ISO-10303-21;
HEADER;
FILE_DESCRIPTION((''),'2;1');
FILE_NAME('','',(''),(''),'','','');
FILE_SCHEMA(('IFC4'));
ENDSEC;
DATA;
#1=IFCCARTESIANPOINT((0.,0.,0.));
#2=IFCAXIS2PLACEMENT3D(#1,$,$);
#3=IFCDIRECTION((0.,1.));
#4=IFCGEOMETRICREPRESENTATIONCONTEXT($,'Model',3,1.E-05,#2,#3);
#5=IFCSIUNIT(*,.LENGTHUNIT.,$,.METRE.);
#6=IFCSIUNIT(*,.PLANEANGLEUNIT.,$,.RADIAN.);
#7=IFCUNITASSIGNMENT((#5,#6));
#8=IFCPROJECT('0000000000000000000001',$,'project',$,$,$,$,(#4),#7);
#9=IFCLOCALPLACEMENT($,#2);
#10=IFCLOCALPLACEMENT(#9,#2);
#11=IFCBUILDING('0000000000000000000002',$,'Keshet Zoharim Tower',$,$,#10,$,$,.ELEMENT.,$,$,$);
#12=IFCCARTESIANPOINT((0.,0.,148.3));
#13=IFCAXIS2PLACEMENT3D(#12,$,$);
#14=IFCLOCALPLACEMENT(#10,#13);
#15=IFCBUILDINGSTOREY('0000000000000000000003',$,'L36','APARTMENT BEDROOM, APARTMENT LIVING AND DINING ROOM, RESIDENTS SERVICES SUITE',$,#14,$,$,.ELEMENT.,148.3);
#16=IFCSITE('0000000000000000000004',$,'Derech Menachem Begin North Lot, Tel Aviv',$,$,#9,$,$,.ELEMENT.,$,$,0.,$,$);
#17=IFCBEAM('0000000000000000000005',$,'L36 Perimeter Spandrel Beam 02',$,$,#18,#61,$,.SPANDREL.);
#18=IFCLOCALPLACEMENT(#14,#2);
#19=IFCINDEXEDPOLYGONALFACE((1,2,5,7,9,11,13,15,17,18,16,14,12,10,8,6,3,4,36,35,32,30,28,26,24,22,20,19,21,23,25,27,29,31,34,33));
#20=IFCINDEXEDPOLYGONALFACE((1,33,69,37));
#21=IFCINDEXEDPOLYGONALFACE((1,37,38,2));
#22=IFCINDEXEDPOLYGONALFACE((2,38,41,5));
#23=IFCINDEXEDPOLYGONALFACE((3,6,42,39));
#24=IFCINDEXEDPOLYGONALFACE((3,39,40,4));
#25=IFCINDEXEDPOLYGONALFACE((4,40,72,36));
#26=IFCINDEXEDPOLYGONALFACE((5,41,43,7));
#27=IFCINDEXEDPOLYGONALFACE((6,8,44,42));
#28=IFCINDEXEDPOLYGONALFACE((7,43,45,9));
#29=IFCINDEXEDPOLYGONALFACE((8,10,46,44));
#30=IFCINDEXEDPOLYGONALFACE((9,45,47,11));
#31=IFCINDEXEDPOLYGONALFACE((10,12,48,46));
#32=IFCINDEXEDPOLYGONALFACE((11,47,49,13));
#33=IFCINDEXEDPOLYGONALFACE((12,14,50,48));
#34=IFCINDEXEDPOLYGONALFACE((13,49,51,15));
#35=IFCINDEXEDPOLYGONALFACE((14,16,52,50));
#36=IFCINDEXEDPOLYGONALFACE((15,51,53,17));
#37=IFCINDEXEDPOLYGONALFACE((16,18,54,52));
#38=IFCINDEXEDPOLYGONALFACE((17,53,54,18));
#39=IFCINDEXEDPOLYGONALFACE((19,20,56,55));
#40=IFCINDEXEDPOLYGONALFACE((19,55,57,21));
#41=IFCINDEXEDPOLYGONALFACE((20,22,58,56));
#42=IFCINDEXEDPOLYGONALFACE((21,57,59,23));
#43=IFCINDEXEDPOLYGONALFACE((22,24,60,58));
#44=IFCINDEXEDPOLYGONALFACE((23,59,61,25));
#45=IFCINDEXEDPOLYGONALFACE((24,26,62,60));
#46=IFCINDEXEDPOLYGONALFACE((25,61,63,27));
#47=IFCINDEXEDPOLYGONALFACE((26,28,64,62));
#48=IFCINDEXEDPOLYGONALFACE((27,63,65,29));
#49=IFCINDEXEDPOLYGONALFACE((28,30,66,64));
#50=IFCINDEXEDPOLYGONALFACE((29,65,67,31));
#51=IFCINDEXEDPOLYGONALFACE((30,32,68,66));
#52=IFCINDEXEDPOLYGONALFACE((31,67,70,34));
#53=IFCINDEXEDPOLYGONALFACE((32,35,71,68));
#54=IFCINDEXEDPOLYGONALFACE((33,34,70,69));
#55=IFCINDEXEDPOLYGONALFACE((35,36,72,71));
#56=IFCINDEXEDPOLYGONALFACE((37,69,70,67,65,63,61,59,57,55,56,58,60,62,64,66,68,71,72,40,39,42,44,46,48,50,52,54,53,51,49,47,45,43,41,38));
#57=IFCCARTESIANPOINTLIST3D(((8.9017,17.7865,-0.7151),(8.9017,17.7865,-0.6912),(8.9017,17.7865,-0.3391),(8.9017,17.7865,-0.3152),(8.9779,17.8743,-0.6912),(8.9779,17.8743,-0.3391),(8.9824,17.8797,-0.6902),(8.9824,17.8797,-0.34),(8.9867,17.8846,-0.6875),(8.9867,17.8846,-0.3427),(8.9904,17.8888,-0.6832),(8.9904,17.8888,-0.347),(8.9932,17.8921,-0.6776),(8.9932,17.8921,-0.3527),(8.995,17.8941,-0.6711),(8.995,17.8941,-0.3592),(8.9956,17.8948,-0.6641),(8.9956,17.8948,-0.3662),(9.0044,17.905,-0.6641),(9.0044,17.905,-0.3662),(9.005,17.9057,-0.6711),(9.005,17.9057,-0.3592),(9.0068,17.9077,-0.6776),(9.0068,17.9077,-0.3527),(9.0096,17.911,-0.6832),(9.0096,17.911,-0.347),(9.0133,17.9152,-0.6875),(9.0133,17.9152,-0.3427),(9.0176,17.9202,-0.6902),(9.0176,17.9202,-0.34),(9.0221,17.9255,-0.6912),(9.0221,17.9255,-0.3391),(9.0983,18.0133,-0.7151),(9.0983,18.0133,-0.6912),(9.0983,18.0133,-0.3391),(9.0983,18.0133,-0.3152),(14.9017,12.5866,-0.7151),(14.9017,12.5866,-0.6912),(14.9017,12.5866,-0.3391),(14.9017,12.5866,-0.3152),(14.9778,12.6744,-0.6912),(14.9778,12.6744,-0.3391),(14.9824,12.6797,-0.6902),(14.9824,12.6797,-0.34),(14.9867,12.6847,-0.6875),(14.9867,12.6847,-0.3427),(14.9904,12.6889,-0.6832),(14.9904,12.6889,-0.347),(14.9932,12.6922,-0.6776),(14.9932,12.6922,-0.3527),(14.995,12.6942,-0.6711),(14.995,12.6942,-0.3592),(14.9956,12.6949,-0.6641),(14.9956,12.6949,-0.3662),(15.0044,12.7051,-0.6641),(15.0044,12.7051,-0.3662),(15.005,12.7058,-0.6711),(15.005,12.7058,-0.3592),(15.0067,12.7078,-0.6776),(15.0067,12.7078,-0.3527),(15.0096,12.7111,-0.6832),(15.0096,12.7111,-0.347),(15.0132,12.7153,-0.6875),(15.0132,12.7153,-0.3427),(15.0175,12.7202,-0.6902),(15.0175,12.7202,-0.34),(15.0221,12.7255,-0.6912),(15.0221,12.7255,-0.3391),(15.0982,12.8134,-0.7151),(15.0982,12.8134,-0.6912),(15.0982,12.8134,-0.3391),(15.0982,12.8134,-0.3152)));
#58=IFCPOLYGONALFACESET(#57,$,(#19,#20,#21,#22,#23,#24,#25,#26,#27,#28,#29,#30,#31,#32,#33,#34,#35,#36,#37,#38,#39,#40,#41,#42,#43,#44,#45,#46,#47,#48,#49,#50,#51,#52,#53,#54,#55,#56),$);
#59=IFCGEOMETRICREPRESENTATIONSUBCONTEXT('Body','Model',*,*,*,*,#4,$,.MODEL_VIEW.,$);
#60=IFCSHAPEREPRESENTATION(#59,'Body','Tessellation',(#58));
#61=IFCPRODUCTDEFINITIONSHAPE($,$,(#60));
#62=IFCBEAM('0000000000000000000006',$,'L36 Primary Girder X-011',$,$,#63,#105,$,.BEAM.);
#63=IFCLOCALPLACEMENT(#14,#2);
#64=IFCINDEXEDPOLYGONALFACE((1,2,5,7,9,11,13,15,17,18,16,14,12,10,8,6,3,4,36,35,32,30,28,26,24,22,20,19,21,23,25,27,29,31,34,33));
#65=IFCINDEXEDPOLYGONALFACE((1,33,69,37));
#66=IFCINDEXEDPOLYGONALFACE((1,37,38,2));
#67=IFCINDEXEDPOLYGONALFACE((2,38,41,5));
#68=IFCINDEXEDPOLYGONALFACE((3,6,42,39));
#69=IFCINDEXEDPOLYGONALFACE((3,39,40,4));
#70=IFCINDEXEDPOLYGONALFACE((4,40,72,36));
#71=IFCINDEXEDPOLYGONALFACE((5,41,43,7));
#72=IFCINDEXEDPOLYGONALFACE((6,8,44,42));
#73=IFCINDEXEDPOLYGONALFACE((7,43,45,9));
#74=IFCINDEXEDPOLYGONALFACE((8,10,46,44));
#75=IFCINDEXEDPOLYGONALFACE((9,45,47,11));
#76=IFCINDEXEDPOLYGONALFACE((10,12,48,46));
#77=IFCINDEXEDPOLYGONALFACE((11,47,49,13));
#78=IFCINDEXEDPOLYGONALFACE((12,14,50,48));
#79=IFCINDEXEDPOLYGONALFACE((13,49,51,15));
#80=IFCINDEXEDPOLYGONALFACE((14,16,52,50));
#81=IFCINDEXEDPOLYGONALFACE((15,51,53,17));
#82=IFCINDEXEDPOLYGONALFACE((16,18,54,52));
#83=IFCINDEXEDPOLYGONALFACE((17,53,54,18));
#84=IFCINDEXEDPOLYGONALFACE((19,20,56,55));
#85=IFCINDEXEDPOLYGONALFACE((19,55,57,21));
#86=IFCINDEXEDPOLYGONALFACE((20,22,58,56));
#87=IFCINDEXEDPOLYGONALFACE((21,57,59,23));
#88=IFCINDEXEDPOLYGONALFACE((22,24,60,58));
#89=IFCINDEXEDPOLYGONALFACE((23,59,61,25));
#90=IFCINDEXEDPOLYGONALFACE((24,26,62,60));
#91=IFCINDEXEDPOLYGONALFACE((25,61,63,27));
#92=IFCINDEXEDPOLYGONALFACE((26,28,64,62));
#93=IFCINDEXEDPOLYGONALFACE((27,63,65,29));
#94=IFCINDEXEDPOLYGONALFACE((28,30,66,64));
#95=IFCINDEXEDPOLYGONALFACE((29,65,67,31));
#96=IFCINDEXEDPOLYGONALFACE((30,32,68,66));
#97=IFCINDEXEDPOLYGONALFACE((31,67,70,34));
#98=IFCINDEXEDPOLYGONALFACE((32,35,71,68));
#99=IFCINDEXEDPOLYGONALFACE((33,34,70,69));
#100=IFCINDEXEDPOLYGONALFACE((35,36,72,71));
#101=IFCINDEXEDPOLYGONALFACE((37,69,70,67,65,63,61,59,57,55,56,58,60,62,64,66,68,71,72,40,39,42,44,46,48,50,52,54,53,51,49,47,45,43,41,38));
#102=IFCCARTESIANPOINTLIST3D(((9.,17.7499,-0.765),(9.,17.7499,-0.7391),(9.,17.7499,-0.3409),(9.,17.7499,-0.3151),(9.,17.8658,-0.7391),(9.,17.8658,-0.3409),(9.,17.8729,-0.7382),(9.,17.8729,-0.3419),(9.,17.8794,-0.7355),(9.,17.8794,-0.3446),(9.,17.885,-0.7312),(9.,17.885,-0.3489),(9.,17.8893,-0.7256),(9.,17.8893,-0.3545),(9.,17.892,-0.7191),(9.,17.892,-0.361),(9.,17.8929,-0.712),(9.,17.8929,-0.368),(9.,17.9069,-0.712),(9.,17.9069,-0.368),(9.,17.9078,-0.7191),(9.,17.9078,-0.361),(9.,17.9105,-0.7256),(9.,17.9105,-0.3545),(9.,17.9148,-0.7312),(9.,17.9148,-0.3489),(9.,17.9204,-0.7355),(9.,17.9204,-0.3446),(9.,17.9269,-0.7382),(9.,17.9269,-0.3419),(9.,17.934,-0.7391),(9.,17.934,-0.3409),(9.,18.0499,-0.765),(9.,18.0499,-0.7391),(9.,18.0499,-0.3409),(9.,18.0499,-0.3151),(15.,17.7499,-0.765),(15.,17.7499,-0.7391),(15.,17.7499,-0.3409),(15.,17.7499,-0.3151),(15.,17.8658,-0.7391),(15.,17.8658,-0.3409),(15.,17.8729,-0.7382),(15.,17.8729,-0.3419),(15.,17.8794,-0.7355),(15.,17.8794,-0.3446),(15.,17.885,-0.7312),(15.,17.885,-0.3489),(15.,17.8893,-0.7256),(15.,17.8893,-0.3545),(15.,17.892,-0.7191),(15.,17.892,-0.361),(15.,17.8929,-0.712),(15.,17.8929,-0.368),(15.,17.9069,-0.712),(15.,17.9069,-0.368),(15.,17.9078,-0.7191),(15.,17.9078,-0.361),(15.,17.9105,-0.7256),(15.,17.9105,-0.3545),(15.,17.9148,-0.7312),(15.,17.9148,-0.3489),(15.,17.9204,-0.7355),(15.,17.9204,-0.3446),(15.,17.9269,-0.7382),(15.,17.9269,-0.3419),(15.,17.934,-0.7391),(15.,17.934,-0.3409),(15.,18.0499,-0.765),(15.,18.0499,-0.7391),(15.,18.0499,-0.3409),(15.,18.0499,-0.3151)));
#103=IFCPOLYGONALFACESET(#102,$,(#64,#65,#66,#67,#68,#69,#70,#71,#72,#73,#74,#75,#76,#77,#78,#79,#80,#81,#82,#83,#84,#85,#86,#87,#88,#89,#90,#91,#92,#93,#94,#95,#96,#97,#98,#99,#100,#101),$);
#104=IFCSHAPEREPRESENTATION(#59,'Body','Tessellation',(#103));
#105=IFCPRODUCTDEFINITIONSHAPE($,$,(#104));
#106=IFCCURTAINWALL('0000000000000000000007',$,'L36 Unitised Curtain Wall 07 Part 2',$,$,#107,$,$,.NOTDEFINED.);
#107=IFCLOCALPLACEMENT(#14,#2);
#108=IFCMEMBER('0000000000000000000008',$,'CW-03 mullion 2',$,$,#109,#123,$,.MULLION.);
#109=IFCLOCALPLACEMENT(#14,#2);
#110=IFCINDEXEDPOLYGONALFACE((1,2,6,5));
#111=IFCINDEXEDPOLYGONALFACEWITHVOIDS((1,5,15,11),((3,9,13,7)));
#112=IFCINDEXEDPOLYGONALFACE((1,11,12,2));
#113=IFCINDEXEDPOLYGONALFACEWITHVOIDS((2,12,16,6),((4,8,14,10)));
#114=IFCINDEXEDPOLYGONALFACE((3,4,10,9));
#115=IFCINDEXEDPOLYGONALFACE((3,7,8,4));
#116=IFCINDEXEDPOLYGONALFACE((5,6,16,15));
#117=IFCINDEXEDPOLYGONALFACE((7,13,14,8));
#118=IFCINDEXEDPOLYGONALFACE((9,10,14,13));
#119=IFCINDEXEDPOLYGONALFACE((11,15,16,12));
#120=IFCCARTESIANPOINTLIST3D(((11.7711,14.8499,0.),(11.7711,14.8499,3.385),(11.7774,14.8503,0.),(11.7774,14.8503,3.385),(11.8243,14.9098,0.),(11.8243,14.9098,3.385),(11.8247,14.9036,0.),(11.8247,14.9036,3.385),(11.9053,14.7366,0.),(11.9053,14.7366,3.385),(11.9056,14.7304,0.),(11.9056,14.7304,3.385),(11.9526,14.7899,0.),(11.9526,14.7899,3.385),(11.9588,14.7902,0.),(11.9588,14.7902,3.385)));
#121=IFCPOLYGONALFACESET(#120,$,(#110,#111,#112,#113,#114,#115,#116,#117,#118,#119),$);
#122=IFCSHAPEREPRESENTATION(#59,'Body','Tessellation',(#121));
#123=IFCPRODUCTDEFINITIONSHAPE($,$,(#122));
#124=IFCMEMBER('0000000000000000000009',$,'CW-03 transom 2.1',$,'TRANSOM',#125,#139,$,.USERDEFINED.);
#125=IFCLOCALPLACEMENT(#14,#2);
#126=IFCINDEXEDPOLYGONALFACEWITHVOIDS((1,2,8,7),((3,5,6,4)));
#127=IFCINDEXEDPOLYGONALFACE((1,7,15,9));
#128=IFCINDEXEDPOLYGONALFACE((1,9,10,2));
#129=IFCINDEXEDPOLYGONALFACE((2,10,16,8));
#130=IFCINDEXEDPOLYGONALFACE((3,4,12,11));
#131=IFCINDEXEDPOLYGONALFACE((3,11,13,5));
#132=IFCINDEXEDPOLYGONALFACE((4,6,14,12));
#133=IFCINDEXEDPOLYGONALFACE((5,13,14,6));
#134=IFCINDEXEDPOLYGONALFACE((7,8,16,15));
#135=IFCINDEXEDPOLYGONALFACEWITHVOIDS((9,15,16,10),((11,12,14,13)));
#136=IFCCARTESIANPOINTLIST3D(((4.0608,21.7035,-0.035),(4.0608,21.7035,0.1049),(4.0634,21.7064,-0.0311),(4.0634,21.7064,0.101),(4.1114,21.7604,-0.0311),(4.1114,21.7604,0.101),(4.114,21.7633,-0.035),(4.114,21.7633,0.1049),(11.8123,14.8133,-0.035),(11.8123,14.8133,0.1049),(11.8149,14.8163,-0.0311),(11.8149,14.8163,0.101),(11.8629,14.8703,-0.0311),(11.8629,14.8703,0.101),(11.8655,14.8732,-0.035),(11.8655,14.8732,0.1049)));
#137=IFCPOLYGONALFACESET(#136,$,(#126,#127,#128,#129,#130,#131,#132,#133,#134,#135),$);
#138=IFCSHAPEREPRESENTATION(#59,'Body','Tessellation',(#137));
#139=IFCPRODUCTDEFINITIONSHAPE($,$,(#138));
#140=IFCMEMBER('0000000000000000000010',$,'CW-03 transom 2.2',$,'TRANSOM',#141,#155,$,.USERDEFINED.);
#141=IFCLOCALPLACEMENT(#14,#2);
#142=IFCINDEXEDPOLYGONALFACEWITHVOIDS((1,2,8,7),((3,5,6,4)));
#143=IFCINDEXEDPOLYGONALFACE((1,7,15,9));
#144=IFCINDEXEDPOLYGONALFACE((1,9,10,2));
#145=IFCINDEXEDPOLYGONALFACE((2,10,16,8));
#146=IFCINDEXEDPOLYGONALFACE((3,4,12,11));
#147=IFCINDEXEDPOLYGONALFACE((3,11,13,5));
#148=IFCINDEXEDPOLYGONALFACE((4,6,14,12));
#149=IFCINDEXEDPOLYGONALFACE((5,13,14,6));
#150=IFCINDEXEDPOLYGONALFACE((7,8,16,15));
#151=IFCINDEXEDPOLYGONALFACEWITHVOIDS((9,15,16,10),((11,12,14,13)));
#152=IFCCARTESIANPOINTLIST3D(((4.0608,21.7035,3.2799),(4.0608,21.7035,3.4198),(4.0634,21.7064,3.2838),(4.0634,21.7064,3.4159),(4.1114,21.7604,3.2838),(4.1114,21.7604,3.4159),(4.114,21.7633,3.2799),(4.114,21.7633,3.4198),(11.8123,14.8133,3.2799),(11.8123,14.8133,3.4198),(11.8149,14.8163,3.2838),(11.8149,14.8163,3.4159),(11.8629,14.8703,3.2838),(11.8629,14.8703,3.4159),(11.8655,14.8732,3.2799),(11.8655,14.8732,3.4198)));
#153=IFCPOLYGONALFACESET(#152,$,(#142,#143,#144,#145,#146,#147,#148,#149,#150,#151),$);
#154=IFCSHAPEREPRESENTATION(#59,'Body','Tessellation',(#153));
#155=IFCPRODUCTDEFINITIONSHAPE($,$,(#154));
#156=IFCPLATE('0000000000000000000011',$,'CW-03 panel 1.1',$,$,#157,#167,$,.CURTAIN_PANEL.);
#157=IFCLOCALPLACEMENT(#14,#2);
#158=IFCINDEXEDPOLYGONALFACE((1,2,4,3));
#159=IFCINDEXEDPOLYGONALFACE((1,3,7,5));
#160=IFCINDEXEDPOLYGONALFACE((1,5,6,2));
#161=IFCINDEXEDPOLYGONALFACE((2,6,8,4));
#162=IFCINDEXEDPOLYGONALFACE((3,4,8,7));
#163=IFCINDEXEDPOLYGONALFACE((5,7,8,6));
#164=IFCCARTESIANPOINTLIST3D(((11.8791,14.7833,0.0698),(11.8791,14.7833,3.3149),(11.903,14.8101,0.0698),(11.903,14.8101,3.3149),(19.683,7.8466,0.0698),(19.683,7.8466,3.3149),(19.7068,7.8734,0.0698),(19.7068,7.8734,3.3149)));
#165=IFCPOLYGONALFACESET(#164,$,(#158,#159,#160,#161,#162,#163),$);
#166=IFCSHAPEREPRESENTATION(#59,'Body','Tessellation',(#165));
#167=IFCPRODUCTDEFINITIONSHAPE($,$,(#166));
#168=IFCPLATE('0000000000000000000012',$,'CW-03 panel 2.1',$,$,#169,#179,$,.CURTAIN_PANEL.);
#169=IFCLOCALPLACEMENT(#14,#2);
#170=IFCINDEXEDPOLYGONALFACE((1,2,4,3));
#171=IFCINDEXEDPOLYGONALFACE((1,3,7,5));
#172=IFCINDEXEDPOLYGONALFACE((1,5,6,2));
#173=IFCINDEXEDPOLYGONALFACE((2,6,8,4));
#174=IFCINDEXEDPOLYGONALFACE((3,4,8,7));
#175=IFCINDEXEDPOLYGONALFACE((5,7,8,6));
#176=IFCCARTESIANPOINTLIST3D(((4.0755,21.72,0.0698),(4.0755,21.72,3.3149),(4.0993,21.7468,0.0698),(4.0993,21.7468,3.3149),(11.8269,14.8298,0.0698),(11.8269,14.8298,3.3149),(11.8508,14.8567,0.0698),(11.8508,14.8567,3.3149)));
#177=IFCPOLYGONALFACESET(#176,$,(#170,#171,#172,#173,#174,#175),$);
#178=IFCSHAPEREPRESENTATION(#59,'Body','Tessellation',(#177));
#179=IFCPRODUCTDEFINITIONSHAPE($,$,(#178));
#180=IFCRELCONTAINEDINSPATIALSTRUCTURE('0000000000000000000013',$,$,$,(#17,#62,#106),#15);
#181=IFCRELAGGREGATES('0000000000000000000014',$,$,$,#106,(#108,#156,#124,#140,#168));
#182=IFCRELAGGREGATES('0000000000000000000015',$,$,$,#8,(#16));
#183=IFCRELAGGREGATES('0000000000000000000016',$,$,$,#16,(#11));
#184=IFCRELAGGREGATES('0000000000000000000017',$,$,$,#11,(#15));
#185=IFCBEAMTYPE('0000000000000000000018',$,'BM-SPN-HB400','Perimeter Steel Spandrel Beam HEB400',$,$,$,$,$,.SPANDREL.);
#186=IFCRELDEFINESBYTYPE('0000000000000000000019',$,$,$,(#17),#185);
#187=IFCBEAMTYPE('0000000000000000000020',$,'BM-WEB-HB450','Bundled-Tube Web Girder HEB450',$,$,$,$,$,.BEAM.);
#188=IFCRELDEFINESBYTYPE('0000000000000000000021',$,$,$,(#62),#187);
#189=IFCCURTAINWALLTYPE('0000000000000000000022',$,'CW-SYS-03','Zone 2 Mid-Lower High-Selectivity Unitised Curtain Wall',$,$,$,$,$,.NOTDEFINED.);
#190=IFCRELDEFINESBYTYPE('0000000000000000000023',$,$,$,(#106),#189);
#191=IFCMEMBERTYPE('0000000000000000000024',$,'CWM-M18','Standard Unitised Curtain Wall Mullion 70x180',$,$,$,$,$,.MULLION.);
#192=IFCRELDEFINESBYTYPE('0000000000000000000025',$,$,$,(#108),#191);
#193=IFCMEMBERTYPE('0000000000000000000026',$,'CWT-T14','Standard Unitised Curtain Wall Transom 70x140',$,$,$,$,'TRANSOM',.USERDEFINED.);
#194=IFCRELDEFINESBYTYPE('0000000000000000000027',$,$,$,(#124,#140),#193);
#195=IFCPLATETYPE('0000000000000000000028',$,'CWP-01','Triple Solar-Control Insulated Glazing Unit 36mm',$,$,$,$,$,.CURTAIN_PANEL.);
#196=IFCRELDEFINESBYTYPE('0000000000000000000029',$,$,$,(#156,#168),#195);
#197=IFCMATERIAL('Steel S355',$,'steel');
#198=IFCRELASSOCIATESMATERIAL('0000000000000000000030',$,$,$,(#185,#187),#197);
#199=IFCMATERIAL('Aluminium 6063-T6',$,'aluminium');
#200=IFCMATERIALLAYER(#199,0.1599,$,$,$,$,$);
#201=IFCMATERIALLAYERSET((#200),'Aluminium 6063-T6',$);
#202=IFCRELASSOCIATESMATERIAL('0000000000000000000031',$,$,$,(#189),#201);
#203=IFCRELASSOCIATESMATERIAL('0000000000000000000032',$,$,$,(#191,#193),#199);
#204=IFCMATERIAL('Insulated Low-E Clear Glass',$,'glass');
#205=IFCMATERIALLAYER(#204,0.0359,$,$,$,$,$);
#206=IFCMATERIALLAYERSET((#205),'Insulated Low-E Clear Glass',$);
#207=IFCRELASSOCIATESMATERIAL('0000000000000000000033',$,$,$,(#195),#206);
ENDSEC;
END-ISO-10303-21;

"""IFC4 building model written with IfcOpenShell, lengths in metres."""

from ifc_helpers import new_model, si_unit, direction, frame, origin, origin_2d, place, context, subcontext, project, spatial, rectangle, hollow_rectangle, i_section, extrude, material, layer, layer_set, material_profile, profile_set, type_object, element, aggregate, save


model = new_model("IFC4")

# Units and contexts
model_context = context("Model", 3, precision=1e-05, world=origin(), true_north=direction((0.0, 1.0)))
body_context = subcontext(model_context, "Body", "Model", "MODEL_VIEW")
ifc_project = project(units=[si_unit("LENGTHUNIT", "METRE"), si_unit("PLANEANGLEUNIT", "RADIAN")], contexts=[model_context])

# Site, building, storey
site_placement = place(None, origin())
site = spatial("IfcSite", under=ifc_project, at=site_placement, Name="Derech Menachem Begin North Lot, Tel Aviv", CompositionType="ELEMENT", RefElevation=0.0)
building_placement = place(site_placement, origin())
building = spatial("IfcBuilding", under=site, at=building_placement, Name="Keshet Zoharim Tower", CompositionType="ELEMENT")
storey_placement = place(building_placement, frame((0.0, 0.0, 148.3)))
storey = spatial("IfcBuildingStorey", under=building, at=storey_placement, Name="L36", Description="APARTMENT BEDROOM, APARTMENT LIVING AND DINING ROOM, RESIDENTS SERVICES SUITE", CompositionType="ELEMENT", Elevation=148.3)

# Shared definitions
ifc_material_1 = material(Name="Steel S355", Category="steel")

# Beams
ifc_material_profile_1 = material_profile(ifc_material_1, i_section(OverallWidth=0.3, OverallDepth=0.3999, WebThickness=0.0134, FlangeThickness=0.0239, FilletRadius=0.0271, at=origin_2d()), Name="HEB400")
ifc_profile_set_1 = profile_set([ifc_material_profile_1], Name="Steel S355")
beam_type_1 = type_object("IfcBeamType", Name="BM-SPN-HB400", Description="Perimeter Steel Spandrel Beam HEB400", PredefinedType="SPANDREL", material=ifc_profile_set_1)
beam_1_placement = place(storey_placement, frame((9.0, 17.8999, -0.5151), z_axis=(0.755692, -0.654927, 0.0), x_axis=(0.654927, 0.755692, 0.0)))
element("IfcBeam", 1, at=beam_1_placement, inside=storey, type_object=beam_type_1, Name="L36 Perimeter Spandrel Beam 02", PredefinedType="SPANDREL", context=body_context, shape_type="SweptSolid", body=[
    extrude(i_section(OverallWidth=0.3, OverallDepth=0.3999, WebThickness=0.0134, FlangeThickness=0.0239, FilletRadius=0.0271, at=origin_2d()), origin(), (0.0, 0.0, 1.0), 7.9397),
])
ifc_material_profile_2 = material_profile(ifc_material_1, i_section(OverallWidth=0.3, OverallDepth=0.45, WebThickness=0.0139, FlangeThickness=0.0259, FilletRadius=0.0271, at=origin_2d()), Name="HEB450")
ifc_profile_set_2 = profile_set([ifc_material_profile_2], Name="Steel S355")
beam_type_2 = type_object("IfcBeamType", Name="BM-WEB-HB450", Description="Bundled-Tube Web Girder HEB450", PredefinedType="BEAM", material=ifc_profile_set_2)
beam_2_placement = place(storey_placement, frame((9.0, 17.8999, -0.54), z_axis=(1.0, 0.0, 0.0), x_axis=(0.0, 1.0, 0.0)))
element("IfcBeam", 2, at=beam_2_placement, inside=storey, type_object=beam_type_2, Name="L36 Primary Girder X-011", PredefinedType="BEAM", context=body_context, shape_type="SweptSolid", body=[
    extrude(i_section(OverallWidth=0.3, OverallDepth=0.45, WebThickness=0.0139, FlangeThickness=0.0259, FilletRadius=0.0271, at=origin_2d()), origin(), (0.0, 0.0, 1.0), 6.0),
])

# Curtain wall, members, plates
ifc_material_2 = material(Name="Aluminium 6063-T6", Category="aluminium")
ifc_layer_1 = layer(ifc_material_2, 0.1599)
ifc_layer_set_1 = layer_set([ifc_layer_1], Name="Aluminium 6063-T6")
curtain_wall_type = type_object("IfcCurtainWallType", Name="CW-SYS-03", Description="Zone 2 Mid-Lower High-Selectivity Unitised Curtain Wall", PredefinedType="NOTDEFINED", material=ifc_layer_set_1)
curtain_wall_placement = place(storey_placement, origin())
curtain_wall = element("IfcCurtainWall", 3, at=curtain_wall_placement, inside=storey, type_object=curtain_wall_type, Name="L36 Unitised Curtain Wall 07 Part 2", PredefinedType="NOTDEFINED")
ifc_material_profile_3 = material_profile(ifc_material_2, hollow_rectangle(XDim=0.0801, YDim=0.1799, WallThickness=0.0044, at=origin_2d()), Name="MUL-80x180")
ifc_profile_set_3 = profile_set([ifc_material_profile_3], Name="Aluminium 6063-T6")
member_type_1 = type_object("IfcMemberType", Name="CWM-M18", Description="Standard Unitised Curtain Wall Mullion 70x180", PredefinedType="MULLION", material=ifc_profile_set_3)
member_1_placement = place(storey_placement, frame((11.865, 14.8201, 0.0), z_axis=(0.0, 0.0, 1.0), x_axis=(-0.664364, -0.74741, 0.0)))
member_1 = element("IfcMember", 4, at=member_1_placement, type_object=member_type_1, Name="CW-03 mullion 2", PredefinedType="MULLION", context=body_context, shape_type="SweptSolid", body=[
    extrude(hollow_rectangle(XDim=0.0801, YDim=0.1799, WallThickness=0.0044, at=origin_2d()), origin(), (0.0, 0.0, 1.0), 3.385),
])
ifc_material_profile_4 = material_profile(ifc_material_2, hollow_rectangle(XDim=0.0801, YDim=0.1399, WallThickness=0.0039, at=origin_2d()), Name="TRN-80x140")
ifc_profile_set_4 = profile_set([ifc_material_profile_4], Name="Aluminium 6063-T6")
member_type_2 = type_object("IfcMemberType", Name="CWT-T14", Description="Standard Unitised Curtain Wall Transom 70x140", ElementType="TRANSOM", PredefinedType="USERDEFINED", material=ifc_profile_set_4)
member_2_placement = place(storey_placement, frame((11.8389, 14.8433, 0.0349), z_axis=(-0.747412, 0.664361, 0.0), x_axis=(-0.664361, -0.747412, 0.0)))
member_2 = element("IfcMember", 5, at=member_2_placement, type_object=member_type_2, Name="CW-03 transom 2.1", ObjectType="TRANSOM", PredefinedType="USERDEFINED", context=body_context, shape_type="SweptSolid", body=[
    extrude(hollow_rectangle(XDim=0.0801, YDim=0.1399, WallThickness=0.0039, at=origin_2d()), origin(), (0.0, 0.0, 1.0), 10.3711),
])
member_3_placement = place(storey_placement, frame((11.8389, 14.8433, 3.3499), z_axis=(-0.747412, 0.664361, 0.0), x_axis=(-0.664361, -0.747412, 0.0)))
member_3 = element("IfcMember", 6, at=member_3_placement, type_object=member_type_2, Name="CW-03 transom 2.2", ObjectType="TRANSOM", PredefinedType="USERDEFINED", context=body_context, shape_type="SweptSolid", body=[
    extrude(hollow_rectangle(XDim=0.0801, YDim=0.1399, WallThickness=0.0039, at=origin_2d()), origin(), (0.0, 0.0, 1.0), 10.3711),
])
ifc_material_3 = material(Name="Insulated Low-E Clear Glass", Category="glass")
ifc_layer_2 = layer(ifc_material_3, 0.0359)
ifc_layer_set_2 = layer_set([ifc_layer_2], Name="Insulated Low-E Clear Glass")
plate_type = type_object("IfcPlateType", Name="CWP-01", Description="Triple Solar-Control Insulated Glazing Unit 36mm", PredefinedType="CURTAIN_PANEL", material=ifc_layer_set_2)
plate_1_placement = place(storey_placement, frame((15.793, 11.3284, 0.0698), z_axis=(0.0, 0.0, 1.0), x_axis=(-0.74741, 0.664364, 0.0)))
plate_1 = element("IfcPlate", 7, at=plate_1_placement, type_object=plate_type, Name="CW-03 panel 1.1", PredefinedType="CURTAIN_PANEL", context=body_context, shape_type="SweptSolid", body=[
    extrude(rectangle(XDim=10.4412, YDim=0.0359, at=origin_2d()), origin(), (0.0, 0.0, 1.0), 3.2451),
])
plate_2_placement = place(storey_placement, frame((7.9631, 18.2883, 0.0698), z_axis=(0.0, 0.0, 1.0), x_axis=(-0.74741, 0.664364, 0.0)))
plate_2 = element("IfcPlate", 8, at=plate_2_placement, type_object=plate_type, Name="CW-03 panel 2.1", PredefinedType="CURTAIN_PANEL", context=body_context, shape_type="SweptSolid", body=[
    extrude(rectangle(XDim=10.3711, YDim=0.0359, at=origin_2d()), origin(), (0.0, 0.0, 1.0), 3.2451),
])
aggregate(curtain_wall, [member_1, plate_1, member_2, member_3, plate_2])

save(model, "model.ifc")
